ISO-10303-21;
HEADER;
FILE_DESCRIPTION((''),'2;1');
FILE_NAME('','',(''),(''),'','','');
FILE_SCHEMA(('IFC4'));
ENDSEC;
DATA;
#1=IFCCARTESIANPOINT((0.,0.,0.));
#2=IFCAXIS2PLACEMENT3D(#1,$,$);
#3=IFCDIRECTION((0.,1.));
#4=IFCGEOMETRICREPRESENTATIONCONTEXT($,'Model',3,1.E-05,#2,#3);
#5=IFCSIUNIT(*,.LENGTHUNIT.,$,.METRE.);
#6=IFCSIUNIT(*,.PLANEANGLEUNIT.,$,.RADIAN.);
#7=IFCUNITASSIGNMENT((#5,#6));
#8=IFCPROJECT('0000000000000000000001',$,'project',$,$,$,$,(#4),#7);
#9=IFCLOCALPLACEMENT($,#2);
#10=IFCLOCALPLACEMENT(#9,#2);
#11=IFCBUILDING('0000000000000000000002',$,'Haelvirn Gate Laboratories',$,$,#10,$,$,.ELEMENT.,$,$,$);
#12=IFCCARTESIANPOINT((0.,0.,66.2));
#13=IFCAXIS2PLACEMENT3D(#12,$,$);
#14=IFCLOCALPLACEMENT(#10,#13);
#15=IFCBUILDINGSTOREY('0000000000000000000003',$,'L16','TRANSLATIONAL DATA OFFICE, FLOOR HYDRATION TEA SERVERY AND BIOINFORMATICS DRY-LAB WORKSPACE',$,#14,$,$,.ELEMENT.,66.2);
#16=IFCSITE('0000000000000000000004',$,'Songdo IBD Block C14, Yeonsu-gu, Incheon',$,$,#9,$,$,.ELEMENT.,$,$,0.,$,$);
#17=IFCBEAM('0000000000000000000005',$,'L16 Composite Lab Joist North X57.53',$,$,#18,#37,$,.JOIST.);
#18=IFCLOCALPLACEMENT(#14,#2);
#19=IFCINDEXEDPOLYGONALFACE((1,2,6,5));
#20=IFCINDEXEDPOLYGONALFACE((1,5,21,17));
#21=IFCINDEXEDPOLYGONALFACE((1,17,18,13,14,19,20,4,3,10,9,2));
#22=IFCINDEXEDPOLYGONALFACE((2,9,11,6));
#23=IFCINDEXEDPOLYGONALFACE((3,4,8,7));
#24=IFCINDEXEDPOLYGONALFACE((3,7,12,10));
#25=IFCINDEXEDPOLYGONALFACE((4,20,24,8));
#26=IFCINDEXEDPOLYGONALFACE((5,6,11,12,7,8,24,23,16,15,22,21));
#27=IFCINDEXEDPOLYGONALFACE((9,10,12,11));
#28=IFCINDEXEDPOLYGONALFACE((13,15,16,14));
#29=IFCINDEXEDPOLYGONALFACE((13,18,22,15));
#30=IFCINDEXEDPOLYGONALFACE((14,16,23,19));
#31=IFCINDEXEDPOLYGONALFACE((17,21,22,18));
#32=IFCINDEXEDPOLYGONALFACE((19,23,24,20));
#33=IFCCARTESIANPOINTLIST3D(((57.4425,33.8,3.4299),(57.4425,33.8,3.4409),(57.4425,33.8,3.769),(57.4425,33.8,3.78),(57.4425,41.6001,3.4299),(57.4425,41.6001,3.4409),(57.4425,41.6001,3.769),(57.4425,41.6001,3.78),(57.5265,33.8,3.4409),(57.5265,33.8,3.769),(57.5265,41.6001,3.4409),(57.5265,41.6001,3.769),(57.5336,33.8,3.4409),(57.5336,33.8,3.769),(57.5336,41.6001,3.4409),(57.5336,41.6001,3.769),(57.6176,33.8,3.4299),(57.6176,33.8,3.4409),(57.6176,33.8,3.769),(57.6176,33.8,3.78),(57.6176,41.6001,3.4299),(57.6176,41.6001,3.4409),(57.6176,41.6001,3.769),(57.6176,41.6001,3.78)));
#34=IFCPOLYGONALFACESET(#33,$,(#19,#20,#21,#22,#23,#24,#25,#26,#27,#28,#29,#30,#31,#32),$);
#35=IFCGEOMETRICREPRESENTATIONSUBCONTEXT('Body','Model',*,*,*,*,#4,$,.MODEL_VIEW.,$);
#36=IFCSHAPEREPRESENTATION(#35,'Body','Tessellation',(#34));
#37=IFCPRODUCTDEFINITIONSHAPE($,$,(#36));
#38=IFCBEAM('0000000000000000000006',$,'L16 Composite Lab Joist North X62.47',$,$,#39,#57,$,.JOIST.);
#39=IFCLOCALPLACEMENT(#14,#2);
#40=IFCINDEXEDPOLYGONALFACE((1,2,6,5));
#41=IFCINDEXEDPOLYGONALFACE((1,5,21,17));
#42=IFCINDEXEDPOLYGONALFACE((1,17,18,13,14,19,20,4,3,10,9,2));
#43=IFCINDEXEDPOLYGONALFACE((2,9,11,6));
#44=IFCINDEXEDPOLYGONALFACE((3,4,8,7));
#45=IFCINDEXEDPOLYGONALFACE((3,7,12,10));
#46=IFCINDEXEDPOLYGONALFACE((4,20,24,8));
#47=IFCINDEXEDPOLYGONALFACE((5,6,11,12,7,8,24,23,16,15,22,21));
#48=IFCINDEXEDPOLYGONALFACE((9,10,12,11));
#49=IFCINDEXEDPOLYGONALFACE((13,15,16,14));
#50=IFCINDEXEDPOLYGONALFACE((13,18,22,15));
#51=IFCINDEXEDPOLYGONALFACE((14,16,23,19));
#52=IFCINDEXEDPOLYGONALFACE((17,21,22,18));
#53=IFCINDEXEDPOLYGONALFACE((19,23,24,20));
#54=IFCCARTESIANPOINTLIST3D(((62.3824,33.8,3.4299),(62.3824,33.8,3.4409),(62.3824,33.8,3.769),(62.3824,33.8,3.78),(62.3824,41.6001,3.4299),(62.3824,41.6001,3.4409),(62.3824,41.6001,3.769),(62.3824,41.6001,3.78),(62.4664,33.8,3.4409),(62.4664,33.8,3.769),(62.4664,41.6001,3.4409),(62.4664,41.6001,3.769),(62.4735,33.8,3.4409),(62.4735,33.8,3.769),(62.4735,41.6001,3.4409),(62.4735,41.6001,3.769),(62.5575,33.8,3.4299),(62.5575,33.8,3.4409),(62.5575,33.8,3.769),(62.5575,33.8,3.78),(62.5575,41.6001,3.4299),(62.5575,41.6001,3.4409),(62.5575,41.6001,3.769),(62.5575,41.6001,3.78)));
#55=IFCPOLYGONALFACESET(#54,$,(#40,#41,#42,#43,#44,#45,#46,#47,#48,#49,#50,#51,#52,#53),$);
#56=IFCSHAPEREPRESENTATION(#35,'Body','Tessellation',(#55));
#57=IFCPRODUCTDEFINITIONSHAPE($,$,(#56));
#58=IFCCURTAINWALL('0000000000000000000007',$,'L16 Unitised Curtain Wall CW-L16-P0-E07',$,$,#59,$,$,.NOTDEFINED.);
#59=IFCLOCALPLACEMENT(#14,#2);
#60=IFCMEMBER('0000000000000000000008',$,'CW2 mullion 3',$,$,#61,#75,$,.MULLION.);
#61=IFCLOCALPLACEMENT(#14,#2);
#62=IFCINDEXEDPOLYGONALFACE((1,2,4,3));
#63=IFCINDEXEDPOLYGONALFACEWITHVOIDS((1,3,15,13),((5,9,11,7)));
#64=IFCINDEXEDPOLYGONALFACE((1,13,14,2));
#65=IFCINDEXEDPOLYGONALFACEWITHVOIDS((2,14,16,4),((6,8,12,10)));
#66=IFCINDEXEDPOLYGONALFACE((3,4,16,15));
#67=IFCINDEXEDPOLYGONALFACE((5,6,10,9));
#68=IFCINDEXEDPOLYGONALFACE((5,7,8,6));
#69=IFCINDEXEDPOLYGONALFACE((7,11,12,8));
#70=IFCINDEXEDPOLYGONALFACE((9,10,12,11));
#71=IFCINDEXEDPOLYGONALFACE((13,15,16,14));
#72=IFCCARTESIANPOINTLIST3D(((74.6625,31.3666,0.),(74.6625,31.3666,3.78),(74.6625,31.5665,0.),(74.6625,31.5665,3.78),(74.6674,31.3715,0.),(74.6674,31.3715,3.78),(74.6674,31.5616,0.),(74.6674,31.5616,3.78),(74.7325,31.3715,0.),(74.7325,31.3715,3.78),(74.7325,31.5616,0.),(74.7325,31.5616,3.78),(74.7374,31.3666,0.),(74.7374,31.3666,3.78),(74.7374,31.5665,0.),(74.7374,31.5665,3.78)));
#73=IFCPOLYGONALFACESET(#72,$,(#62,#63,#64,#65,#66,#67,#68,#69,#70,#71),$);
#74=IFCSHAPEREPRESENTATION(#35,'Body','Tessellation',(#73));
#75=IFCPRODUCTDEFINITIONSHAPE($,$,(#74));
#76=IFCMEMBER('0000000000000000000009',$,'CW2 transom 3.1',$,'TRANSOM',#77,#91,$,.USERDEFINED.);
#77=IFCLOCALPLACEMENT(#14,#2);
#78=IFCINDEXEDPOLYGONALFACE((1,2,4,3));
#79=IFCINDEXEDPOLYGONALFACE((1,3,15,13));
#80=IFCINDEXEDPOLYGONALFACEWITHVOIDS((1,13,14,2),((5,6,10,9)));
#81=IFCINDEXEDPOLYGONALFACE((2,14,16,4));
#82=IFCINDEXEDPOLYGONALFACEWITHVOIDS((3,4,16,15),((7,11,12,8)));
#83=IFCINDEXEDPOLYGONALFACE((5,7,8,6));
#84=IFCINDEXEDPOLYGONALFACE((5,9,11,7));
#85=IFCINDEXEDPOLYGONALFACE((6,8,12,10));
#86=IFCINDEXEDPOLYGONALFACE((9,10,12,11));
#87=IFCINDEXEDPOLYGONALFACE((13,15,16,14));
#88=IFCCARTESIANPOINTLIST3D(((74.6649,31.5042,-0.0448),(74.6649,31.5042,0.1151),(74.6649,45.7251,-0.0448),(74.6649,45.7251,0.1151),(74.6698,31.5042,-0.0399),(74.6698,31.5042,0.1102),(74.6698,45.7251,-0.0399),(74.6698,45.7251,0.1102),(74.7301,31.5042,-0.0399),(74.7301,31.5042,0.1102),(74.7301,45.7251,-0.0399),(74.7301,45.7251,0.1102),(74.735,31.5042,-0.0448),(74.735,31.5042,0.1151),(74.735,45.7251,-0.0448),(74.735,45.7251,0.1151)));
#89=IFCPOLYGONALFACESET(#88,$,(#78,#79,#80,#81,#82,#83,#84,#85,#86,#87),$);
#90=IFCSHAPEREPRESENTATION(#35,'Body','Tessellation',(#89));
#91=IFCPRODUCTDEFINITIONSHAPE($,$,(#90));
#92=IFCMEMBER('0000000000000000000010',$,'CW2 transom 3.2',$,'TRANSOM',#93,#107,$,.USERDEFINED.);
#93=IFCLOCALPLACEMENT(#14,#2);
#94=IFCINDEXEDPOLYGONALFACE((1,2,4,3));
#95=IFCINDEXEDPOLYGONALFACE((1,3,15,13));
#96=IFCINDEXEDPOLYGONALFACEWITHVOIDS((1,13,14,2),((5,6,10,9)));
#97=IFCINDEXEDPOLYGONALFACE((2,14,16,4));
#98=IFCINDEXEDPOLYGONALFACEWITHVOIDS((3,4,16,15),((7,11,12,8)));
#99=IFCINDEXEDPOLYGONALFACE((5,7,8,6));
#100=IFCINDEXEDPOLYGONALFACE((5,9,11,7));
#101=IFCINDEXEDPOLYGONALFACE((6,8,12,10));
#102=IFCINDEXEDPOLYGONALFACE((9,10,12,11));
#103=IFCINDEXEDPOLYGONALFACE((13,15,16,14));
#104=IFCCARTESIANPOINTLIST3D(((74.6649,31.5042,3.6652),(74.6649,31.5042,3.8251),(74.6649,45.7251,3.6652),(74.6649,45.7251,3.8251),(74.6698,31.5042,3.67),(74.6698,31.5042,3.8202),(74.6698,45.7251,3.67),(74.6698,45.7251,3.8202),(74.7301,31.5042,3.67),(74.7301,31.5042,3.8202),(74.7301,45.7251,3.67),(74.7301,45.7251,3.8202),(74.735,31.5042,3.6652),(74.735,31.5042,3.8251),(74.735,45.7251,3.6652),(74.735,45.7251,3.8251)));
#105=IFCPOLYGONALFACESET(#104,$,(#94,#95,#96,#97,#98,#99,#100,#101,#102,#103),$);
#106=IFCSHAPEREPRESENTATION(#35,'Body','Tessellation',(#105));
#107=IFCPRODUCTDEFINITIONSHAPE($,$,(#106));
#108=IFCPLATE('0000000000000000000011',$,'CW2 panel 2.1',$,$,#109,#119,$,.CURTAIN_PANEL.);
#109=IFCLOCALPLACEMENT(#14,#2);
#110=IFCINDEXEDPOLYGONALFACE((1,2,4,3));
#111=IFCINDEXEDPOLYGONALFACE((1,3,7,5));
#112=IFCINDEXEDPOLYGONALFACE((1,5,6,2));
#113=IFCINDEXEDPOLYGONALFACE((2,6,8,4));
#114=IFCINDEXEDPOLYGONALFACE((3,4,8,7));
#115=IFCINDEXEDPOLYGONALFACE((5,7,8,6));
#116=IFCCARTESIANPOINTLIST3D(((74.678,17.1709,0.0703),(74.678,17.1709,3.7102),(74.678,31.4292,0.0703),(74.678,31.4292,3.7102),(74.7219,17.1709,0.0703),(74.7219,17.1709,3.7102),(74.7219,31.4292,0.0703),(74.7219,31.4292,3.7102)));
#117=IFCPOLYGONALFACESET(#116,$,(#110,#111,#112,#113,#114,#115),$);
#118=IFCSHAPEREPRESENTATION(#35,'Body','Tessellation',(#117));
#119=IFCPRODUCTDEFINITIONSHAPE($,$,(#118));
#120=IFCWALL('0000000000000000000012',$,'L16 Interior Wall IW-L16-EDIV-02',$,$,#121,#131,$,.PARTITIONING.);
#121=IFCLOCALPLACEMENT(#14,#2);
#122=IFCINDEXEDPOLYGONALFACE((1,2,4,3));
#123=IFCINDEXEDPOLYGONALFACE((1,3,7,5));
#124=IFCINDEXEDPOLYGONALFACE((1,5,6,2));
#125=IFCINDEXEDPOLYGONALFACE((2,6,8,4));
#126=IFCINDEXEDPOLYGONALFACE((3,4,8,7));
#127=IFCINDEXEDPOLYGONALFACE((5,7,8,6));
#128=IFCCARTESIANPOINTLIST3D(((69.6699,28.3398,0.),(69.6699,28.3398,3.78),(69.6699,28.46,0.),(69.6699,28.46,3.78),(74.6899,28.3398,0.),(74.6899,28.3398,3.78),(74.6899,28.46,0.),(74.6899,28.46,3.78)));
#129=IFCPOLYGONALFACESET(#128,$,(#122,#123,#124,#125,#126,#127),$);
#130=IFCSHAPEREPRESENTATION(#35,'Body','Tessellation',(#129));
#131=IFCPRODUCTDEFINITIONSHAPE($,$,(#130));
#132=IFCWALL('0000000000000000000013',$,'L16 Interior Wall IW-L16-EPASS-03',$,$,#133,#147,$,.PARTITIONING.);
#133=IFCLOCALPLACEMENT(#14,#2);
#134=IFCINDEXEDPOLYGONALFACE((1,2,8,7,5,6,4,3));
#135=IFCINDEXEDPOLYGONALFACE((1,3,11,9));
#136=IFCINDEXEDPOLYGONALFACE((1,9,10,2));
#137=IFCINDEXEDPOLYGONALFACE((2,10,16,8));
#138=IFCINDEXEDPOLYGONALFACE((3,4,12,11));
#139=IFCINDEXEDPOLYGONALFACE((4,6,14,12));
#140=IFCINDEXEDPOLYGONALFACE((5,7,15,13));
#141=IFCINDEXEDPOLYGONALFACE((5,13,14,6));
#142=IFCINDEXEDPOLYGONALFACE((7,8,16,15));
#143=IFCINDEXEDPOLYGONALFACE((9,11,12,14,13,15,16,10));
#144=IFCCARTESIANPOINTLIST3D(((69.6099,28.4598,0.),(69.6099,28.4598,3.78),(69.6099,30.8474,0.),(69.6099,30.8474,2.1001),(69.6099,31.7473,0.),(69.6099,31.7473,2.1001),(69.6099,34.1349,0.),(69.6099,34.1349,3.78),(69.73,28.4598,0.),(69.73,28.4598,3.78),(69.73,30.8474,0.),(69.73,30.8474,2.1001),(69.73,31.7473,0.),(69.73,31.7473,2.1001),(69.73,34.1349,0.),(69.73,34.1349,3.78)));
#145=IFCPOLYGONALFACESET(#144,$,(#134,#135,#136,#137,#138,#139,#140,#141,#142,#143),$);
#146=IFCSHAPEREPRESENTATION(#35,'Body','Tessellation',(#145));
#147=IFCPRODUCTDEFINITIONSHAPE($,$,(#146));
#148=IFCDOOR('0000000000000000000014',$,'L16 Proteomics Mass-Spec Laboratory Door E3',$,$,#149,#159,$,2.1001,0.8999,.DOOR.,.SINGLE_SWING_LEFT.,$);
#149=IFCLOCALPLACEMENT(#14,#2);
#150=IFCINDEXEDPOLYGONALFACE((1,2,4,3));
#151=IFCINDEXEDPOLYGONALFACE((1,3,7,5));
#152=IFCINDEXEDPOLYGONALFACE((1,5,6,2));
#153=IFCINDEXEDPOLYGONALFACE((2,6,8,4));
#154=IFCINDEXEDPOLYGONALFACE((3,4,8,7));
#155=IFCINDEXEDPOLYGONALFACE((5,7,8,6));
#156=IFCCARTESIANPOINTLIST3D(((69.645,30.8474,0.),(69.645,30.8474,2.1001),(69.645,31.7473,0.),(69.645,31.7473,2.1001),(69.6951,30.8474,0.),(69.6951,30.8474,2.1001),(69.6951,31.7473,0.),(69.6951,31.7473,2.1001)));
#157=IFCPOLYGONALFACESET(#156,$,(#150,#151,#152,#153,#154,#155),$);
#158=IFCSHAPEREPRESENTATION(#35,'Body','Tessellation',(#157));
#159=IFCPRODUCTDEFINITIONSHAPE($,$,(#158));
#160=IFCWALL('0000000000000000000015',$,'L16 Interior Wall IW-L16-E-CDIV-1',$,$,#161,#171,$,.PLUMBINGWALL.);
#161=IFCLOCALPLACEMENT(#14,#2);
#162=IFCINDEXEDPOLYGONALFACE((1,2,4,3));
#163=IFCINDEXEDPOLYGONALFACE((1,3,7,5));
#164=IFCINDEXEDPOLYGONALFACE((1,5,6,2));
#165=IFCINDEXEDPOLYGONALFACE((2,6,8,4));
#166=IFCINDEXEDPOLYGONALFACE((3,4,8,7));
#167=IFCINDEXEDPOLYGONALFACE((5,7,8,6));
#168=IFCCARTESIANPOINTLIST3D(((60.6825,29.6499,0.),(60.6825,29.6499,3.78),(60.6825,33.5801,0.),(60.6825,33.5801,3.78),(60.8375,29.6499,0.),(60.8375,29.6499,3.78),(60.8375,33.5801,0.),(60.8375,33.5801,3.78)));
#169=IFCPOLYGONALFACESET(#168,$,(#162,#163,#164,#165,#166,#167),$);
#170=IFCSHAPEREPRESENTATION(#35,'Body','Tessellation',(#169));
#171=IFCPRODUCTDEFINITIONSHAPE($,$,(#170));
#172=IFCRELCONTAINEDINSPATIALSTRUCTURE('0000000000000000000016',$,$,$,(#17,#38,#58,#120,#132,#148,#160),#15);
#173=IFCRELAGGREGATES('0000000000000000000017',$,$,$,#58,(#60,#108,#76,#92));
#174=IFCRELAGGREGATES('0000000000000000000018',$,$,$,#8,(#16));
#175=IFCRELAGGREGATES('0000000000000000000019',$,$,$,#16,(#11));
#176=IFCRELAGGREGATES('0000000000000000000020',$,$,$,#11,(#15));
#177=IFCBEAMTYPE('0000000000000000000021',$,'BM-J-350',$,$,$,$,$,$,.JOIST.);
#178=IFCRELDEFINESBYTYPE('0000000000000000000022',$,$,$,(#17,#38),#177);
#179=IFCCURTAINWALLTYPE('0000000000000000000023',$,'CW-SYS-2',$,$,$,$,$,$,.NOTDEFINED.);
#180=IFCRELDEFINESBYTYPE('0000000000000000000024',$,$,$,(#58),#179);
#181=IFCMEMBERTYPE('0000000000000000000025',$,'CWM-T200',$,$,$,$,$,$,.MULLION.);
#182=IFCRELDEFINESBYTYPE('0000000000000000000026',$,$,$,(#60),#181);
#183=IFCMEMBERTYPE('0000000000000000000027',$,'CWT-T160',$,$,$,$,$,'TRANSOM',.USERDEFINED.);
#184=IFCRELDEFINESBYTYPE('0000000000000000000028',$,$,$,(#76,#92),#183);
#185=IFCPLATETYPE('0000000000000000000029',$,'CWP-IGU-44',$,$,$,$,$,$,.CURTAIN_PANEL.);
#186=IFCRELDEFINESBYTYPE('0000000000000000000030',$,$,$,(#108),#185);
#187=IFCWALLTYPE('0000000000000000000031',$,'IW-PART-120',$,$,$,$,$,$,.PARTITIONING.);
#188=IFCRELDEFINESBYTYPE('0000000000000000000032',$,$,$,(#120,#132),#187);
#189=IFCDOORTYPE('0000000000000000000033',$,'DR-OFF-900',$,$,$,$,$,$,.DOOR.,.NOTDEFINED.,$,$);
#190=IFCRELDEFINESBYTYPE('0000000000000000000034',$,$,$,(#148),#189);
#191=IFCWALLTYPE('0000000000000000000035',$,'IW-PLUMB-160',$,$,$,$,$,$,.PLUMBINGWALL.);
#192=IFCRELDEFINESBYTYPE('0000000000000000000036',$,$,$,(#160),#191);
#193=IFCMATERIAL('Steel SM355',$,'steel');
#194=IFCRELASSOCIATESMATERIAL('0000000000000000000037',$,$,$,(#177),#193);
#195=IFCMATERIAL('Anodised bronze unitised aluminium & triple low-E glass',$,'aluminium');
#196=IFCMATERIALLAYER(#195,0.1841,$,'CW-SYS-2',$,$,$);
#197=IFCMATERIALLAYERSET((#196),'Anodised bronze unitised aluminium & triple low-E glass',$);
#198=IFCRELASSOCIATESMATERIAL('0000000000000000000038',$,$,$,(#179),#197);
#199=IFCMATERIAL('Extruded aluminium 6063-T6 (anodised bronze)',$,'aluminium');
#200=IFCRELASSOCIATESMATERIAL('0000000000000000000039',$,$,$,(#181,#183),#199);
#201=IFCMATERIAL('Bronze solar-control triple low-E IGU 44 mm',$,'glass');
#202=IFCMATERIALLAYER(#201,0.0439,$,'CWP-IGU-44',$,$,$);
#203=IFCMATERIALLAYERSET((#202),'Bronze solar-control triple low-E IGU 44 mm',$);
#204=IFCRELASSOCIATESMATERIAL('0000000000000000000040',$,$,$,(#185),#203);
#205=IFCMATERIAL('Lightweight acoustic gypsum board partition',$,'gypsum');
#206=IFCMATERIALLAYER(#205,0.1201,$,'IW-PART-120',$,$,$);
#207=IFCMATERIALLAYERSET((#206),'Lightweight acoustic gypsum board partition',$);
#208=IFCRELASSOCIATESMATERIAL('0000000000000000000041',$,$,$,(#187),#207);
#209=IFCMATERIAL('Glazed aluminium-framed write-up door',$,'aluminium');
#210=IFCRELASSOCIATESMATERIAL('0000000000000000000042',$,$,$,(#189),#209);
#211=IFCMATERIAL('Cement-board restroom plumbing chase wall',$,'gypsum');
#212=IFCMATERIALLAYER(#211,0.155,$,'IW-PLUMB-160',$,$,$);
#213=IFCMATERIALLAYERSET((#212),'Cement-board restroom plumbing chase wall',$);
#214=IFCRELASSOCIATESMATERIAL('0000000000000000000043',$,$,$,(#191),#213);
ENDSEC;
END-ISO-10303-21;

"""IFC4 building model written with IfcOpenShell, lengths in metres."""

from ifc_helpers import new_model, si_unit, direction, frame, frame_2d, origin, origin_2d, place, context, subcontext, project, spatial, rectangle, hollow_rectangle, i_section, extrude, source, transform, mapped, material, layer, layer_set, material_profile, profile_set, type_object, type_shapes, element, fill, aggregate, save


model = new_model("IFC4")

# Units and contexts
model_context = context("Model", 3, precision=1e-05, world=origin(), true_north=direction((0.0, 1.0)))
body_context = subcontext(model_context, "Body", "Model", "MODEL_VIEW")
ifc_project = project(units=[si_unit("LENGTHUNIT", "METRE"), si_unit("PLANEANGLEUNIT", "RADIAN")], contexts=[model_context])

# Site, building, storey
site_placement = place(None, origin())
site = spatial("IfcSite", under=ifc_project, at=site_placement, Name="Songdo IBD Block C14, Yeonsu-gu, Incheon", CompositionType="ELEMENT", RefElevation=0.0)
building_placement = place(site_placement, origin())
building = spatial("IfcBuilding", under=site, at=building_placement, Name="Haelvirn Gate Laboratories", CompositionType="ELEMENT")
storey_placement = place(building_placement, frame((0.0, 0.0, 66.2)))
storey = spatial("IfcBuildingStorey", under=building, at=storey_placement, Name="L16", Description="TRANSLATIONAL DATA OFFICE, FLOOR HYDRATION TEA SERVERY AND BIOINFORMATICS DRY-LAB WORKSPACE", CompositionType="ELEMENT", Elevation=66.2)

# Beams
ifc_material_1 = material(Name="Steel SM355", Category="steel")
ifc_material_profile_1 = material_profile(ifc_material_1, i_section(OverallWidth=0.175, OverallDepth=0.3501, WebThickness=0.0071, FlangeThickness=0.011, at=origin_2d()), Name="H-350x175x7x11")
ifc_profile_set_1 = profile_set([ifc_material_profile_1], Name="Steel SM355")
beam_type = type_object("IfcBeamType", Name="BM-J-350", PredefinedType="JOIST", material=ifc_profile_set_1)
shared_shape_1 = source(origin(), body_context, "Body", "SweptSolid", [
    extrude(i_section(OverallWidth=0.175, OverallDepth=0.3501, WebThickness=0.0071, FlangeThickness=0.011, at=origin_2d()), origin(), (0.0, 0.0, 1.0), 7.8),
])
type_shapes(beam_type, [shared_shape_1])
for number, where, z_axis, x_axis, name in (
    (1, (57.53, 33.8, 3.605), (0.0, 1.0, 0.0), (-1.0, 0.0, 0.0), "L16 Composite Lab Joist North X57.53"),
    (2, (62.47, 33.8, 3.605), (0.0, 1.0, 0.0), (-1.0, 0.0, 0.0), "L16 Composite Lab Joist North X62.47"),
):
    element("IfcBeam", number, at=place(storey_placement, frame(where, z_axis=z_axis, x_axis=x_axis)), inside=storey, type_object=beam_type, Name=name, PredefinedType="JOIST", context=body_context, shape_type="MappedRepresentation", body=[
        mapped(shared_shape_1, transform((0.0, 0.0, 0.0), scale=1.0)),
    ])

# Curtain wall, members, plate
ifc_material_2 = material(Name="Anodised bronze unitised aluminium & triple low-E glass", Category="aluminium")
ifc_layer_1 = layer(ifc_material_2, 0.1841, Name="CW-SYS-2")
ifc_layer_set_1 = layer_set([ifc_layer_1], Name="Anodised bronze unitised aluminium & triple low-E glass")
curtain_wall_type = type_object("IfcCurtainWallType", Name="CW-SYS-2", PredefinedType="NOTDEFINED", material=ifc_layer_set_1)
curtain_wall_placement = place(storey_placement, origin())
curtain_wall = element("IfcCurtainWall", 3, at=curtain_wall_placement, inside=storey, type_object=curtain_wall_type, Name="L16 Unitised Curtain Wall CW-L16-P0-E07", PredefinedType="NOTDEFINED")
ifc_material_3 = material(Name="Extruded aluminium 6063-T6 (anodised bronze)", Category="aluminium")
ifc_material_profile_2 = material_profile(ifc_material_3, hollow_rectangle(XDim=0.075, YDim=0.2, WallThickness=0.0049, at=origin_2d()), Name="CWM-200x75x5")
ifc_profile_set_2 = profile_set([ifc_material_profile_2], Name="Extruded aluminium 6063-T6 (anodised bronze)")
member_type_1 = type_object("IfcMemberType", Name="CWM-T200", PredefinedType="MULLION", material=ifc_profile_set_2)
shared_shape_2 = source(origin(), body_context, "Body", "SweptSolid", [
    extrude(hollow_rectangle(XDim=0.075, YDim=0.2, WallThickness=0.0049, at=origin_2d()), origin(), (0.0, 0.0, 1.0), 3.78),
])
type_shapes(member_type_1, [shared_shape_2])
member_1_placement = place(storey_placement, frame((74.7, 31.4666, 0.0), z_axis=(0.0, 0.0, 1.0), x_axis=(-1.0, 0.0, 0.0)))
member_1 = element("IfcMember", 4, at=member_1_placement, type_object=member_type_1, Name="CW2 mullion 3", PredefinedType="MULLION", context=body_context, shape_type="MappedRepresentation", body=[
    mapped(shared_shape_2, transform((0.0, 0.0, 0.0), scale=1.0)),
])
ifc_material_profile_3 = material_profile(ifc_material_3, hollow_rectangle(XDim=0.0701, YDim=0.1599, WallThickness=0.0049, at=origin_2d()), Name="CWT-160x70x5")
ifc_profile_set_3 = profile_set([ifc_material_profile_3], Name="Extruded aluminium 6063-T6 (anodised bronze)")
member_type_2 = type_object("IfcMemberType", Name="CWT-T160", ElementType="TRANSOM", PredefinedType="USERDEFINED", material=ifc_profile_set_3)
shared_shape_3 = source(origin(), body_context, "Body", "SweptSolid", [
    extrude(hollow_rectangle(XDim=0.0701, YDim=0.1599, WallThickness=0.0049, at=origin_2d()), origin(), (0.0, 0.0, 1.0), 14.2209),
])
type_shapes(member_type_2, [shared_shape_3])
member_2_placement = place(storey_placement, frame((74.7, 31.5042, 0.0352), z_axis=(0.0, 1.0, 0.0), x_axis=(-1.0, 0.0, 0.0)))
member_2 = element("IfcMember", 5, at=member_2_placement, type_object=member_type_2, Name="CW2 transom 3.1", ObjectType="TRANSOM", PredefinedType="USERDEFINED", context=body_context, shape_type="MappedRepresentation", body=[
    mapped(shared_shape_3, transform((0.0, 0.0, 0.0), scale=1.0)),
])
member_3_placement = place(storey_placement, frame((74.7, 31.5042, 3.7451), z_axis=(0.0, 1.0, 0.0), x_axis=(-1.0, 0.0, 0.0)))
member_3 = element("IfcMember", 6, at=member_3_placement, type_object=member_type_2, Name="CW2 transom 3.2", ObjectType="TRANSOM", PredefinedType="USERDEFINED", context=body_context, shape_type="MappedRepresentation", body=[
    mapped(shared_shape_3, transform((0.0, 0.0, 0.0), scale=1.0)),
])
ifc_material_4 = material(Name="Bronze solar-control triple low-E IGU 44 mm", Category="glass")
ifc_layer_2 = layer(ifc_material_4, 0.0439, Name="CWP-IGU-44")
ifc_layer_set_2 = layer_set([ifc_layer_2], Name="Bronze solar-control triple low-E IGU 44 mm")
plate_type = type_object("IfcPlateType", Name="CWP-IGU-44", PredefinedType="CURTAIN_PANEL", material=ifc_layer_set_2)
shared_shape_4 = source(origin(), body_context, "Body", "SweptSolid", [
    extrude(rectangle(XDim=14.2583, YDim=0.0439, at=origin_2d()), origin(), (0.0, 0.0, 1.0), 3.6399),
])
type_shapes(plate_type, [shared_shape_4])
plate_placement = place(storey_placement, frame((74.7, 24.3, 0.0703), z_axis=(0.0, 0.0, 1.0), x_axis=(0.0, 1.0, 0.0)))
plate = element("IfcPlate", 7, at=plate_placement, type_object=plate_type, Name="CW2 panel 2.1", PredefinedType="CURTAIN_PANEL", context=body_context, shape_type="MappedRepresentation", body=[
    mapped(shared_shape_4, transform((0.0, 0.0, 0.0), scale=1.0)),
])
aggregate(curtain_wall, [member_1, plate, member_2, member_3])

# Wall
ifc_material_5 = material(Name="Lightweight acoustic gypsum board partition", Category="gypsum")
ifc_layer_3 = layer(ifc_material_5, 0.1201, Name="IW-PART-120")
ifc_layer_set_3 = layer_set([ifc_layer_3], Name="Lightweight acoustic gypsum board partition")
wall_type_1 = type_object("IfcWallType", Name="IW-PART-120", PredefinedType="PARTITIONING", material=ifc_layer_set_3)
wall_1_placement = place(storey_placement, frame((69.6699, 28.3999, 0.0), z_axis=(0.0, 0.0, 1.0), x_axis=(1.0, 0.0, 0.0)))
element("IfcWall", 8, at=wall_1_placement, inside=storey, type_object=wall_type_1, Name="L16 Interior Wall IW-L16-EDIV-02", PredefinedType="PARTITIONING", context=body_context, shape_type="SweptSolid", body=[
    extrude(rectangle(XDim=5.02, YDim=0.1201, at=frame_2d((2.51, 0.0))), origin(), (0.0, 0.0, 1.0), 3.78),
])

# Wall, opening, door
wall_2_placement = place(storey_placement, frame((69.6699, 28.46, 0.0), z_axis=(0.0, 0.0, 1.0), x_axis=(0.0, 1.0, 0.0)))
wall_2 = element("IfcWall", 9, at=wall_2_placement, inside=storey, type_object=wall_type_1, Name="L16 Interior Wall IW-L16-EPASS-03", PredefinedType="PARTITIONING", context=body_context, shape_type="SweptSolid", body=[
    extrude(rectangle(XDim=5.675, YDim=0.1201, at=frame_2d((2.8374, 0.0))), origin(), (0.0, 0.0, 1.0), 3.78),
])
opening_1_placement = place(wall_2_placement, frame((2.3875, 0.0, 0.0)))
opening_1 = element("IfcOpeningElement", 10, at=opening_1_placement, cuts=wall_2, PredefinedType="OPENING", context=body_context, shape_type="SweptSolid", body=[
    extrude(rectangle(XDim=0.8999, YDim=2.1001, at=frame_2d((0.45, 1.05))), frame((0.0, 0.0701, 0.0), z_axis=(0.0, -1.0, 0.0), x_axis=(1.0, 0.0, 0.0)), (0.0, 0.0, 1.0), 0.1401),
])
ifc_material_6 = material(Name="Glazed aluminium-framed write-up door", Category="aluminium")
door_type_1 = type_object("IfcDoorType", Name="DR-OFF-900", OperationType="NOTDEFINED", PredefinedType="DOOR", material=ifc_material_6)
shared_shape_5 = source(origin(), body_context, "Body", "SweptSolid", [
    extrude(rectangle(XDim=0.8999, YDim=2.1001, at=frame_2d((0.45, 1.05))), frame((0.0, 0.0249, 0.0), z_axis=(0.0, -1.0, 0.0), x_axis=(1.0, 0.0, 0.0)), (0.0, 0.0, 1.0), 0.05),
])
type_shapes(door_type_1, [shared_shape_5])
door_1_placement = place(opening_1_placement, origin())
door_1 = element("IfcDoor", 11, at=door_1_placement, inside=storey, type_object=door_type_1, Name="L16 Proteomics Mass-Spec Laboratory Door E3", OperationType="SINGLE_SWING_LEFT", OverallHeight=2.1001, OverallWidth=0.8999, PredefinedType="DOOR", context=body_context, shape_type="MappedRepresentation", body=[
    mapped(shared_shape_5, transform((0.0, 0.0, 0.0), scale=1.0)),
])
fill(opening_1, door_1)

# Wall
ifc_material_7 = material(Name="Cement-board restroom plumbing chase wall", Category="gypsum")
ifc_layer_4 = layer(ifc_material_7, 0.155, Name="IW-PLUMB-160")
ifc_layer_set_4 = layer_set([ifc_layer_4], Name="Cement-board restroom plumbing chase wall")
wall_type_2 = type_object("IfcWallType", Name="IW-PLUMB-160", PredefinedType="PLUMBINGWALL", material=ifc_layer_set_4)
for number, where, z_axis, x_axis, name in (
    (12, (60.76, 29.6499, 0.0), (0.0, 0.0, 1.0), (0.0, 1.0, 0.0), "L16 Interior Wall IW-L16-E-CDIV-1"),
):
    element("IfcWall", number, at=place(storey_placement, frame(where, z_axis=z_axis, x_axis=x_axis)), inside=storey, type_object=wall_type_2, Name=name, PredefinedType="PLUMBINGWALL", context=body_context, shape_type="SweptSolid", body=[
        extrude(rectangle(XDim=3.9302, YDim=0.155, at=frame_2d((1.9651, 0.0))), origin(), (0.0, 0.0, 1.0), 3.78),
    ])

save(model, "model.ifc")
